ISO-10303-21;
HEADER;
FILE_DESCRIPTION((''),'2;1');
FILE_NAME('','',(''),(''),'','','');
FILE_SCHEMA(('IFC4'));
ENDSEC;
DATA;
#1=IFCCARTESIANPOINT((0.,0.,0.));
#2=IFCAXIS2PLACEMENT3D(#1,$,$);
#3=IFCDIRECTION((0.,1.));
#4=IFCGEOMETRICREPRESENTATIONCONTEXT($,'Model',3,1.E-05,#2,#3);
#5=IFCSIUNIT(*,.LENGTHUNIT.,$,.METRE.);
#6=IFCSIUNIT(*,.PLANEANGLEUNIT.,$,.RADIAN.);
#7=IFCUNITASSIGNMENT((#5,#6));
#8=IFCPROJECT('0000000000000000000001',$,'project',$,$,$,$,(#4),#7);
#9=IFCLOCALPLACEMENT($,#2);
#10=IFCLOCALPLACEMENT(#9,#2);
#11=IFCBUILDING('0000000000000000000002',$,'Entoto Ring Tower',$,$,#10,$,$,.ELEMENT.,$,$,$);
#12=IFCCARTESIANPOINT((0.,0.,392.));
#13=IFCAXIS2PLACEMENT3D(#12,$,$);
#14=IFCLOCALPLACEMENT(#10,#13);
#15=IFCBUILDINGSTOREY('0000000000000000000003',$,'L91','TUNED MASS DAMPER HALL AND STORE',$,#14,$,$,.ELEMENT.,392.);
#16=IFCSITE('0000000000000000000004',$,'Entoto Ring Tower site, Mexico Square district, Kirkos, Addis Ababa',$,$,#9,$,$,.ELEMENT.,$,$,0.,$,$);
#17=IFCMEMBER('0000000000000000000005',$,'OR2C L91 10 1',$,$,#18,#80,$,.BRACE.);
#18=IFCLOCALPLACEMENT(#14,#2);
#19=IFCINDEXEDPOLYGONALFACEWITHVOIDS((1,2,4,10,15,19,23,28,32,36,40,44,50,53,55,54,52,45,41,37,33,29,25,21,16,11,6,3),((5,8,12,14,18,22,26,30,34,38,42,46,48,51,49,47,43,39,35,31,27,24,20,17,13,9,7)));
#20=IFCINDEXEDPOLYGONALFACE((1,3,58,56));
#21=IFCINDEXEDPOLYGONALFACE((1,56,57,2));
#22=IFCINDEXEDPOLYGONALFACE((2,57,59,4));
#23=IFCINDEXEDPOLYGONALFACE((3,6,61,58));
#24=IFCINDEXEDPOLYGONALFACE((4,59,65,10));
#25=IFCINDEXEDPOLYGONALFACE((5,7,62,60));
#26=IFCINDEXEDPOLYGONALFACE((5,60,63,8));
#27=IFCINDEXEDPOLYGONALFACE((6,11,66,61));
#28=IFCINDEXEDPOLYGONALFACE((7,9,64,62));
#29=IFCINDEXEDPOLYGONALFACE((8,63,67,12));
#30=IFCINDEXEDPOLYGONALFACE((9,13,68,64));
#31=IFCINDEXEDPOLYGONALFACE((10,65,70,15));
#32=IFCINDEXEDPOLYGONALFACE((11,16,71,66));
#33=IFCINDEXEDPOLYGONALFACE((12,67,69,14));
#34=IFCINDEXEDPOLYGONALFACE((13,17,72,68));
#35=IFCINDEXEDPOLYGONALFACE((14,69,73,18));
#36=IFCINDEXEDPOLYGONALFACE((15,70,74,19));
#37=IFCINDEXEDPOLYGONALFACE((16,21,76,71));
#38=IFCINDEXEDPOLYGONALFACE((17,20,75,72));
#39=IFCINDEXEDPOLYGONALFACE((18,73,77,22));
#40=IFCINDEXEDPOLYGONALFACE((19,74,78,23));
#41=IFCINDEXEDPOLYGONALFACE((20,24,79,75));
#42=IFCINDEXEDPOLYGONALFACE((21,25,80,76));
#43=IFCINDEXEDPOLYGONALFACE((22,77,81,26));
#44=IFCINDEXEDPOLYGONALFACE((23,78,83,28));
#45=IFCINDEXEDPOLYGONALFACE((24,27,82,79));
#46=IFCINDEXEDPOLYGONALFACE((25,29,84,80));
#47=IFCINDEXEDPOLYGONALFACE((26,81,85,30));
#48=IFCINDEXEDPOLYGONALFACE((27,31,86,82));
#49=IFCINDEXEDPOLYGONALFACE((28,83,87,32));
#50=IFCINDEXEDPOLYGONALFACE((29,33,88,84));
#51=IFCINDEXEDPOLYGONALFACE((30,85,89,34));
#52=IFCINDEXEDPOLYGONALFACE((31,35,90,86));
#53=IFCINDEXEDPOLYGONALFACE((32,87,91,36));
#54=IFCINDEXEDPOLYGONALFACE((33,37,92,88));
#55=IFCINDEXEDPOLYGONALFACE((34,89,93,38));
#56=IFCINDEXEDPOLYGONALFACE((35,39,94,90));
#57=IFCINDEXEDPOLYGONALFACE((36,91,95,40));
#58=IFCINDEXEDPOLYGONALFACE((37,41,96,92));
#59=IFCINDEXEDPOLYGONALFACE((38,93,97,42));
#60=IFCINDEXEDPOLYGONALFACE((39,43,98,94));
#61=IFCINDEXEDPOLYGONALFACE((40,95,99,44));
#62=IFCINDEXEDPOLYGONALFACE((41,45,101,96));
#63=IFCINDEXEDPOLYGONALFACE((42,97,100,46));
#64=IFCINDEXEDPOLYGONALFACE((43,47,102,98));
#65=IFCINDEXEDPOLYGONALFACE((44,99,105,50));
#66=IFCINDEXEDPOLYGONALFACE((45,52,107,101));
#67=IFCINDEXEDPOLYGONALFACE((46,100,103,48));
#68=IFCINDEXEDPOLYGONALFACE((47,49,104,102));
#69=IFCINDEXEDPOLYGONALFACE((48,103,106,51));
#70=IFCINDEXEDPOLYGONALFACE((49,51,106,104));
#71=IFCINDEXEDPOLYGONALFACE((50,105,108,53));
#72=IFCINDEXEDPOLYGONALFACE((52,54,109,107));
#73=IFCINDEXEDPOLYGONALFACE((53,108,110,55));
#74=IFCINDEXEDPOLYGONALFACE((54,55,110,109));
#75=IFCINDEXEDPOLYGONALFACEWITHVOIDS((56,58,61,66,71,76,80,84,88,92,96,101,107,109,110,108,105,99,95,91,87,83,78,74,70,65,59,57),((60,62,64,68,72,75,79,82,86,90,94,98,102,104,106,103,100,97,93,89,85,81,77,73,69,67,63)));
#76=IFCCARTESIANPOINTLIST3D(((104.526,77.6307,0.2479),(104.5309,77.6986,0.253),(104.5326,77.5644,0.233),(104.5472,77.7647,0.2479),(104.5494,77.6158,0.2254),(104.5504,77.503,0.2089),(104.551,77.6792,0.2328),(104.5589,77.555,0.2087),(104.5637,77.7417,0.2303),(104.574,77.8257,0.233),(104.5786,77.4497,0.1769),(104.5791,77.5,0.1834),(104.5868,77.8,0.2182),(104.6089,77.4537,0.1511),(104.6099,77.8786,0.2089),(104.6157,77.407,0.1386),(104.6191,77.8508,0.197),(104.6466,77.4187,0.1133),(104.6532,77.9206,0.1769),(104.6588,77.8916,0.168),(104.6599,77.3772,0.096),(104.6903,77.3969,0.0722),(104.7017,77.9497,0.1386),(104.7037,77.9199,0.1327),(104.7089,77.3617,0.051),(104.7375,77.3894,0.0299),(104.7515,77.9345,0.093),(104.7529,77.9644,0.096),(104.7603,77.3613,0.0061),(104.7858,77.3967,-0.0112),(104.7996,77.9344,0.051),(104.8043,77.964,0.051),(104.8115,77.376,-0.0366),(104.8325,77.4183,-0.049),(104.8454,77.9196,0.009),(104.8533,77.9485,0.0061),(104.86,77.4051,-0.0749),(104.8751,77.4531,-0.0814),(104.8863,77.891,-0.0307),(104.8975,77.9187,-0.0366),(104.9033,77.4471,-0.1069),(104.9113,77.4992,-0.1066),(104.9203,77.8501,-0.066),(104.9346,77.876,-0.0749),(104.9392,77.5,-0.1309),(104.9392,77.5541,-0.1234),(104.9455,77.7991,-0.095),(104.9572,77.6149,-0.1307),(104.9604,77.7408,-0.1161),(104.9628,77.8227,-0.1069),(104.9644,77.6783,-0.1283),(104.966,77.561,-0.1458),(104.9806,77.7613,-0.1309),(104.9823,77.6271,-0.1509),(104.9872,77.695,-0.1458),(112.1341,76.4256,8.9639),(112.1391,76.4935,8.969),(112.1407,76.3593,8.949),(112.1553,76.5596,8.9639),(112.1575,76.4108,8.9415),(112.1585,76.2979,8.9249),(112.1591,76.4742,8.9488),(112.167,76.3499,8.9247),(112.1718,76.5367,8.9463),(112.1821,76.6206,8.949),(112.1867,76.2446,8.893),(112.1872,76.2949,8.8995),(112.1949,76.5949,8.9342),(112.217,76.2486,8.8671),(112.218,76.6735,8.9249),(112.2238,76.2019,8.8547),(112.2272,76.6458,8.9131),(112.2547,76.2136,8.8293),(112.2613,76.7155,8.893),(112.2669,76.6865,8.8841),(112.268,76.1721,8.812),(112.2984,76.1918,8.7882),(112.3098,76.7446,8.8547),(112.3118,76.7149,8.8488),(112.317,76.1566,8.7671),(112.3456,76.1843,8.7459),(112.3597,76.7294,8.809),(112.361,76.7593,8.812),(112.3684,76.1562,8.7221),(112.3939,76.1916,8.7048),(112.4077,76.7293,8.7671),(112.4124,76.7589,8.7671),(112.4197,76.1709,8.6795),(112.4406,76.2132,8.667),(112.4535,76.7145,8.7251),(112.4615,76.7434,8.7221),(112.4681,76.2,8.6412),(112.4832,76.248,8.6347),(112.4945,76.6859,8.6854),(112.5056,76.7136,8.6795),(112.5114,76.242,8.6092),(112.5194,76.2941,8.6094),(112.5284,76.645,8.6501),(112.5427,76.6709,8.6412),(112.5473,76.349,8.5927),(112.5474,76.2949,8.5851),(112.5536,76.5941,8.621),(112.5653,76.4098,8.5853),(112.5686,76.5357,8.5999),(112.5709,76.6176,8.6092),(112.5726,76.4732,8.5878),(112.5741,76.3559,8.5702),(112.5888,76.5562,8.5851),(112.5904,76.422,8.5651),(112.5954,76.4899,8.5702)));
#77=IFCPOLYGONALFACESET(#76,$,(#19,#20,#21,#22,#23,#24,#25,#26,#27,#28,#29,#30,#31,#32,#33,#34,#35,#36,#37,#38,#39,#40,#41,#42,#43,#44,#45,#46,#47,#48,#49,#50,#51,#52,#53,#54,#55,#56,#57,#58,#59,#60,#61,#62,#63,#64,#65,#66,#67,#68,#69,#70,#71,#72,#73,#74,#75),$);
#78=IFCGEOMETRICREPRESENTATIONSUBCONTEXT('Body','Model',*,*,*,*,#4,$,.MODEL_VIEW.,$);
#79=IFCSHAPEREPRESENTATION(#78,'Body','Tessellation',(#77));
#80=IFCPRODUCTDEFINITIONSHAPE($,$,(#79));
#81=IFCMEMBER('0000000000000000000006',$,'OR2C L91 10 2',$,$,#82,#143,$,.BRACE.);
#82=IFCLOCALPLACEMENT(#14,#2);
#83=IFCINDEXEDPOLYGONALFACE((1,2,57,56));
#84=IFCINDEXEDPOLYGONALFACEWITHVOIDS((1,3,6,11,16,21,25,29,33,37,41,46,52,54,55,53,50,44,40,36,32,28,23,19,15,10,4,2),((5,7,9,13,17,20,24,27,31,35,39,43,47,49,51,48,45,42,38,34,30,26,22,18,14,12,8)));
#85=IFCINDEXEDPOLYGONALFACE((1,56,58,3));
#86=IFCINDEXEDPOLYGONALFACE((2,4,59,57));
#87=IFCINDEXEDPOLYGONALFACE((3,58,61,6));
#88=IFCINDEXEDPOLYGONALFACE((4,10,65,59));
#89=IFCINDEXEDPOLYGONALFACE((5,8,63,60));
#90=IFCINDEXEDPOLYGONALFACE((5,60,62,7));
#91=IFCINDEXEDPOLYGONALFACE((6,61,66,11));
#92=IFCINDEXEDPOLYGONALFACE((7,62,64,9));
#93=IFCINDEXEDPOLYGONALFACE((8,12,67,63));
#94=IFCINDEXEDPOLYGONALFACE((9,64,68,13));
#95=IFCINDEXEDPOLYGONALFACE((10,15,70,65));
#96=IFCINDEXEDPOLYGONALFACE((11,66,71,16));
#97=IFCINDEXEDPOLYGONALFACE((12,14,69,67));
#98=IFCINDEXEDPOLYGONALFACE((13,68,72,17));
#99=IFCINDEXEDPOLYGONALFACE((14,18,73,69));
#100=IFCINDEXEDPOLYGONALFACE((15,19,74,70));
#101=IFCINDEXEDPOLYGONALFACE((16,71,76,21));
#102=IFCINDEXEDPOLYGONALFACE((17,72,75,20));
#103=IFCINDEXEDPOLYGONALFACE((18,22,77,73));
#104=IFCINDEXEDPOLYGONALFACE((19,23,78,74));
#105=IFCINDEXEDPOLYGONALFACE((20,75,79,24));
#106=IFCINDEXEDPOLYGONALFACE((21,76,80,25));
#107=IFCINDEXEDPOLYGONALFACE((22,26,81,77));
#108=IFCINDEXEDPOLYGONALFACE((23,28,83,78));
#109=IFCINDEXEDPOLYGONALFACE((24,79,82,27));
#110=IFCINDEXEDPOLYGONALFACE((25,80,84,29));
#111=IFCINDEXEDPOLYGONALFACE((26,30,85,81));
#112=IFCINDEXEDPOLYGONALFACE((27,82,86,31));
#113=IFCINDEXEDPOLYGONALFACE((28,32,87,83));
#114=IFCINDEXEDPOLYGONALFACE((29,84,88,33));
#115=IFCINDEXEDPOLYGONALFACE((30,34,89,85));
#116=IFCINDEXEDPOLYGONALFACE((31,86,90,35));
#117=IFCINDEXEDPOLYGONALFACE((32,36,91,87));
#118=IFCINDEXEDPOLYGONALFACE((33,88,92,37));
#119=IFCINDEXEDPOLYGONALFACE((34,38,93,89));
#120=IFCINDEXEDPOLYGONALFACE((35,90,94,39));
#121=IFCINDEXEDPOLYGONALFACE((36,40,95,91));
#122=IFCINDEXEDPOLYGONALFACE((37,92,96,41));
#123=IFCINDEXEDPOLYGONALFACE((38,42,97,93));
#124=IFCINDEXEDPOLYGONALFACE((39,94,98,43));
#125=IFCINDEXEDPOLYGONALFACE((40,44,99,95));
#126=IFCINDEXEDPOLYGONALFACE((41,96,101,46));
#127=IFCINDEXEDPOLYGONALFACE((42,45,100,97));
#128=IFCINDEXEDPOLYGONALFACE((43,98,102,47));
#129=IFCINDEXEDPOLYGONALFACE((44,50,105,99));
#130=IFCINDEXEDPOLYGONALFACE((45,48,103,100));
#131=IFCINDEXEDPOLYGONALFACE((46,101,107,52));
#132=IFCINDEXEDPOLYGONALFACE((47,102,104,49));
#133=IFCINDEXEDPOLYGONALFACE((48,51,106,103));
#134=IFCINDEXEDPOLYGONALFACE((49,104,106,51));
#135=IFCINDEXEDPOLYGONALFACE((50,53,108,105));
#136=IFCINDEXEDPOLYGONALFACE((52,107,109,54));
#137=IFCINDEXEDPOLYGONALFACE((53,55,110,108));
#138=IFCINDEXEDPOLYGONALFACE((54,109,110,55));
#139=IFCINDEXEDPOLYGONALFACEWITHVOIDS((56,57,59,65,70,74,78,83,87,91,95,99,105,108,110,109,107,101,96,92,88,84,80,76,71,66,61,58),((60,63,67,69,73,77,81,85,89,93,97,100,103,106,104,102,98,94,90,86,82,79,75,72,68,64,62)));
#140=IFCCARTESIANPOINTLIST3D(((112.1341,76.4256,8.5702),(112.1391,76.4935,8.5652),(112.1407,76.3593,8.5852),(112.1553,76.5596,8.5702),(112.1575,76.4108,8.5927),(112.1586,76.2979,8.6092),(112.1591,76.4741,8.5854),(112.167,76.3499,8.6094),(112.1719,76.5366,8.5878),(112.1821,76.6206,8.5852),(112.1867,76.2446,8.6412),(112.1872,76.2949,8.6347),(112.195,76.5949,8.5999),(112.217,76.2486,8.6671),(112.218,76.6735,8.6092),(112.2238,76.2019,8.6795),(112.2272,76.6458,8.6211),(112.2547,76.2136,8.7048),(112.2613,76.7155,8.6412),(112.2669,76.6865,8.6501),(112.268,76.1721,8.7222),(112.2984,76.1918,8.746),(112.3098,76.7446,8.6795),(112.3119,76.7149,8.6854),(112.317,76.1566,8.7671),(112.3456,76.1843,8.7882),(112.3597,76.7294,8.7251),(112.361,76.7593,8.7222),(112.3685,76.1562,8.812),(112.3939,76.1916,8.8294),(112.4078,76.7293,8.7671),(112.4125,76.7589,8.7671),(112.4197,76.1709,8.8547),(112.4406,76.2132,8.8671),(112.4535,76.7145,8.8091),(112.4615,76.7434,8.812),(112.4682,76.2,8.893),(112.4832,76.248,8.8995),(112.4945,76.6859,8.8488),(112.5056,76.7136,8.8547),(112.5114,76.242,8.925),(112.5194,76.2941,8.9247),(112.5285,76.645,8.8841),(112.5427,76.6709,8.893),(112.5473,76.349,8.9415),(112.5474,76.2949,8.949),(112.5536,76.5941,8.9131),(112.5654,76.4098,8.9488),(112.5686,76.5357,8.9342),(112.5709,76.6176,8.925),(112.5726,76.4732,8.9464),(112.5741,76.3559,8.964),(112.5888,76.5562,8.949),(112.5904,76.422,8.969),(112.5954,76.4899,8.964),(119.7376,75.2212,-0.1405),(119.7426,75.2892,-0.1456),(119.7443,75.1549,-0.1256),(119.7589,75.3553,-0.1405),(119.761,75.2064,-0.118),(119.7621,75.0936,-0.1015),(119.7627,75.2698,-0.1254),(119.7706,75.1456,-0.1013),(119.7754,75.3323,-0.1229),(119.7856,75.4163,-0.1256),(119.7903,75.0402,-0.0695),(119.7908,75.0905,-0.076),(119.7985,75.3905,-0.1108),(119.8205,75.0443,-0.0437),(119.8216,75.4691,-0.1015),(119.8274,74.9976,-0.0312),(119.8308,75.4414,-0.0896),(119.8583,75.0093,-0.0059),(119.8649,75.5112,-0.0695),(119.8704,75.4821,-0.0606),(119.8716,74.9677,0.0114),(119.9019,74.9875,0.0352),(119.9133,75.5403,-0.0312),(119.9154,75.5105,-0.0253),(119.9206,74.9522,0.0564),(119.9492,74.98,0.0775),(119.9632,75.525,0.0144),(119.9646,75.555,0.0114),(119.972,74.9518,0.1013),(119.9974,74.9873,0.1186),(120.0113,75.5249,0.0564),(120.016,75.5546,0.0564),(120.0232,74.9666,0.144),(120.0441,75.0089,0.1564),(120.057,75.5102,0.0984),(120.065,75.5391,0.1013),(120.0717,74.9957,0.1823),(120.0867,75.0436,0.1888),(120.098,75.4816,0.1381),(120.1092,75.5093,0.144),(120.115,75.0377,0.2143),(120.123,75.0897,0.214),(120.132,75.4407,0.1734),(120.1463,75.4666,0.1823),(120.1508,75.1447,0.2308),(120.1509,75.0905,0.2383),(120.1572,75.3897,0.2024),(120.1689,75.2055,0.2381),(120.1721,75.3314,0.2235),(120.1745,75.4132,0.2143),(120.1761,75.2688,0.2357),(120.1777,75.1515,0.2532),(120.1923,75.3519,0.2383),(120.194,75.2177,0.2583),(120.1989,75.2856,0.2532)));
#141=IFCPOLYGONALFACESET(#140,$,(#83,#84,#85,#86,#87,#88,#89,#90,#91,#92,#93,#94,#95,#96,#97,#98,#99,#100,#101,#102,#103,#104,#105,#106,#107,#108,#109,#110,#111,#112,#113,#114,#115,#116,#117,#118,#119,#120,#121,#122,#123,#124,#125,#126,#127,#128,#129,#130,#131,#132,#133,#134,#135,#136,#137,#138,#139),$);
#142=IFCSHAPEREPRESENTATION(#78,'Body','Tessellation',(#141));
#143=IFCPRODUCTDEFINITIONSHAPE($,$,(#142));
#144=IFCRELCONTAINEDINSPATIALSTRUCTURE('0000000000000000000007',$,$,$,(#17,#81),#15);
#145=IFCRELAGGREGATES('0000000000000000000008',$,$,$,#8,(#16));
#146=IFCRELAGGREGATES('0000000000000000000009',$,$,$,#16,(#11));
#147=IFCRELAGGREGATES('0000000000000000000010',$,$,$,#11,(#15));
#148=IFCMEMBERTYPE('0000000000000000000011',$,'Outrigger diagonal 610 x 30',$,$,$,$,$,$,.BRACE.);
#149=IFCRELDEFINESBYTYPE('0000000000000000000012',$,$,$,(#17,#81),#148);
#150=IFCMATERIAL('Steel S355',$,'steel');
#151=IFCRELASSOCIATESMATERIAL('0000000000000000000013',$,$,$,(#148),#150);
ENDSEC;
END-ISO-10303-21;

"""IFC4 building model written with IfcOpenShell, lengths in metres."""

from ifc_helpers import new_model, si_unit, direction, frame, origin, origin_2d, place, context, subcontext, project, spatial, circle, hollow_circle, extrude, material, material_profile, profile_set, type_object, element, save


model = new_model("IFC4")

# Units and contexts
model_context = context("Model", 3, precision=1e-05, world=origin(), true_north=direction((0.0, 1.0)))
body_context = subcontext(model_context, "Body", "Model", "MODEL_VIEW")
ifc_project = project(units=[si_unit("LENGTHUNIT", "METRE"), si_unit("PLANEANGLEUNIT", "RADIAN")], contexts=[model_context])

# Site, building, storey
site_placement = place(None, origin())
site = spatial("IfcSite", under=ifc_project, at=site_placement, Name="Entoto Ring Tower site, Mexico Square district, Kirkos, Addis Ababa", CompositionType="ELEMENT", RefElevation=0.0)
building_placement = place(site_placement, origin())
building = spatial("IfcBuilding", under=site, at=building_placement, Name="Entoto Ring Tower", CompositionType="ELEMENT")
storey_placement = place(building_placement, frame((0.0, 0.0, 392.0)))
storey = spatial("IfcBuildingStorey", under=building, at=storey_placement, Name="L91", Description="TUNED MASS DAMPER HALL AND STORE", CompositionType="ELEMENT", Elevation=392.0)

# Members
ifc_material_1 = material(Name="Steel S355", Category="steel")
ifc_material_profile_1 = material_profile(ifc_material_1, hollow_circle(Radius=0.3049, WallThickness=0.03, at=origin_2d()), Name="CHS 610 x 30")
ifc_material_2 = material(Name="Concrete C60/75", Category="concrete")
ifc_material_profile_2 = material_profile(ifc_material_2, circle(Radius=0.2749, at=origin_2d()), Name="Concrete C60/75 infill")
ifc_profile_set_1 = profile_set([ifc_material_profile_1, ifc_material_profile_2], Name="Steel S355")
member_type_1 = type_object("IfcMemberType", Name="Outrigger diagonal 610 x 30", PredefinedType="BRACE", material=ifc_profile_set_1)
member_1_placement = place(storey_placement, frame((104.7566, 77.6628, 0.051), z_axis=(0.654065, -0.103599, 0.749311), x_axis=(0.156443, 0.987687, 0.0)))
element("IfcMember", 1, at=member_1_placement, inside=storey, type_object=member_type_1, Name="OR2C L91 10 1", PredefinedType="BRACE", context=body_context, shape_type="SweptSolid", body=[
    extrude(hollow_circle(Radius=0.3049, WallThickness=0.03, at=origin_2d()), origin(), (0.0, 0.0, 1.0), 11.6321),
])
member_2_placement = place(storey_placement, frame((112.3647, 76.4578, 8.7671), z_axis=(0.654067, -0.1036, -0.749308), x_axis=(0.156443, 0.987687, 0.0)))
element("IfcMember", 2, at=member_2_placement, inside=storey, type_object=member_type_1, Name="OR2C L91 10 2", PredefinedType="BRACE", context=body_context, shape_type="SweptSolid", body=[
    extrude(hollow_circle(Radius=0.3049, WallThickness=0.03, at=origin_2d()), origin(), (0.0, 0.0, 1.0), 11.625),
])

save(model, "model.ifc")
